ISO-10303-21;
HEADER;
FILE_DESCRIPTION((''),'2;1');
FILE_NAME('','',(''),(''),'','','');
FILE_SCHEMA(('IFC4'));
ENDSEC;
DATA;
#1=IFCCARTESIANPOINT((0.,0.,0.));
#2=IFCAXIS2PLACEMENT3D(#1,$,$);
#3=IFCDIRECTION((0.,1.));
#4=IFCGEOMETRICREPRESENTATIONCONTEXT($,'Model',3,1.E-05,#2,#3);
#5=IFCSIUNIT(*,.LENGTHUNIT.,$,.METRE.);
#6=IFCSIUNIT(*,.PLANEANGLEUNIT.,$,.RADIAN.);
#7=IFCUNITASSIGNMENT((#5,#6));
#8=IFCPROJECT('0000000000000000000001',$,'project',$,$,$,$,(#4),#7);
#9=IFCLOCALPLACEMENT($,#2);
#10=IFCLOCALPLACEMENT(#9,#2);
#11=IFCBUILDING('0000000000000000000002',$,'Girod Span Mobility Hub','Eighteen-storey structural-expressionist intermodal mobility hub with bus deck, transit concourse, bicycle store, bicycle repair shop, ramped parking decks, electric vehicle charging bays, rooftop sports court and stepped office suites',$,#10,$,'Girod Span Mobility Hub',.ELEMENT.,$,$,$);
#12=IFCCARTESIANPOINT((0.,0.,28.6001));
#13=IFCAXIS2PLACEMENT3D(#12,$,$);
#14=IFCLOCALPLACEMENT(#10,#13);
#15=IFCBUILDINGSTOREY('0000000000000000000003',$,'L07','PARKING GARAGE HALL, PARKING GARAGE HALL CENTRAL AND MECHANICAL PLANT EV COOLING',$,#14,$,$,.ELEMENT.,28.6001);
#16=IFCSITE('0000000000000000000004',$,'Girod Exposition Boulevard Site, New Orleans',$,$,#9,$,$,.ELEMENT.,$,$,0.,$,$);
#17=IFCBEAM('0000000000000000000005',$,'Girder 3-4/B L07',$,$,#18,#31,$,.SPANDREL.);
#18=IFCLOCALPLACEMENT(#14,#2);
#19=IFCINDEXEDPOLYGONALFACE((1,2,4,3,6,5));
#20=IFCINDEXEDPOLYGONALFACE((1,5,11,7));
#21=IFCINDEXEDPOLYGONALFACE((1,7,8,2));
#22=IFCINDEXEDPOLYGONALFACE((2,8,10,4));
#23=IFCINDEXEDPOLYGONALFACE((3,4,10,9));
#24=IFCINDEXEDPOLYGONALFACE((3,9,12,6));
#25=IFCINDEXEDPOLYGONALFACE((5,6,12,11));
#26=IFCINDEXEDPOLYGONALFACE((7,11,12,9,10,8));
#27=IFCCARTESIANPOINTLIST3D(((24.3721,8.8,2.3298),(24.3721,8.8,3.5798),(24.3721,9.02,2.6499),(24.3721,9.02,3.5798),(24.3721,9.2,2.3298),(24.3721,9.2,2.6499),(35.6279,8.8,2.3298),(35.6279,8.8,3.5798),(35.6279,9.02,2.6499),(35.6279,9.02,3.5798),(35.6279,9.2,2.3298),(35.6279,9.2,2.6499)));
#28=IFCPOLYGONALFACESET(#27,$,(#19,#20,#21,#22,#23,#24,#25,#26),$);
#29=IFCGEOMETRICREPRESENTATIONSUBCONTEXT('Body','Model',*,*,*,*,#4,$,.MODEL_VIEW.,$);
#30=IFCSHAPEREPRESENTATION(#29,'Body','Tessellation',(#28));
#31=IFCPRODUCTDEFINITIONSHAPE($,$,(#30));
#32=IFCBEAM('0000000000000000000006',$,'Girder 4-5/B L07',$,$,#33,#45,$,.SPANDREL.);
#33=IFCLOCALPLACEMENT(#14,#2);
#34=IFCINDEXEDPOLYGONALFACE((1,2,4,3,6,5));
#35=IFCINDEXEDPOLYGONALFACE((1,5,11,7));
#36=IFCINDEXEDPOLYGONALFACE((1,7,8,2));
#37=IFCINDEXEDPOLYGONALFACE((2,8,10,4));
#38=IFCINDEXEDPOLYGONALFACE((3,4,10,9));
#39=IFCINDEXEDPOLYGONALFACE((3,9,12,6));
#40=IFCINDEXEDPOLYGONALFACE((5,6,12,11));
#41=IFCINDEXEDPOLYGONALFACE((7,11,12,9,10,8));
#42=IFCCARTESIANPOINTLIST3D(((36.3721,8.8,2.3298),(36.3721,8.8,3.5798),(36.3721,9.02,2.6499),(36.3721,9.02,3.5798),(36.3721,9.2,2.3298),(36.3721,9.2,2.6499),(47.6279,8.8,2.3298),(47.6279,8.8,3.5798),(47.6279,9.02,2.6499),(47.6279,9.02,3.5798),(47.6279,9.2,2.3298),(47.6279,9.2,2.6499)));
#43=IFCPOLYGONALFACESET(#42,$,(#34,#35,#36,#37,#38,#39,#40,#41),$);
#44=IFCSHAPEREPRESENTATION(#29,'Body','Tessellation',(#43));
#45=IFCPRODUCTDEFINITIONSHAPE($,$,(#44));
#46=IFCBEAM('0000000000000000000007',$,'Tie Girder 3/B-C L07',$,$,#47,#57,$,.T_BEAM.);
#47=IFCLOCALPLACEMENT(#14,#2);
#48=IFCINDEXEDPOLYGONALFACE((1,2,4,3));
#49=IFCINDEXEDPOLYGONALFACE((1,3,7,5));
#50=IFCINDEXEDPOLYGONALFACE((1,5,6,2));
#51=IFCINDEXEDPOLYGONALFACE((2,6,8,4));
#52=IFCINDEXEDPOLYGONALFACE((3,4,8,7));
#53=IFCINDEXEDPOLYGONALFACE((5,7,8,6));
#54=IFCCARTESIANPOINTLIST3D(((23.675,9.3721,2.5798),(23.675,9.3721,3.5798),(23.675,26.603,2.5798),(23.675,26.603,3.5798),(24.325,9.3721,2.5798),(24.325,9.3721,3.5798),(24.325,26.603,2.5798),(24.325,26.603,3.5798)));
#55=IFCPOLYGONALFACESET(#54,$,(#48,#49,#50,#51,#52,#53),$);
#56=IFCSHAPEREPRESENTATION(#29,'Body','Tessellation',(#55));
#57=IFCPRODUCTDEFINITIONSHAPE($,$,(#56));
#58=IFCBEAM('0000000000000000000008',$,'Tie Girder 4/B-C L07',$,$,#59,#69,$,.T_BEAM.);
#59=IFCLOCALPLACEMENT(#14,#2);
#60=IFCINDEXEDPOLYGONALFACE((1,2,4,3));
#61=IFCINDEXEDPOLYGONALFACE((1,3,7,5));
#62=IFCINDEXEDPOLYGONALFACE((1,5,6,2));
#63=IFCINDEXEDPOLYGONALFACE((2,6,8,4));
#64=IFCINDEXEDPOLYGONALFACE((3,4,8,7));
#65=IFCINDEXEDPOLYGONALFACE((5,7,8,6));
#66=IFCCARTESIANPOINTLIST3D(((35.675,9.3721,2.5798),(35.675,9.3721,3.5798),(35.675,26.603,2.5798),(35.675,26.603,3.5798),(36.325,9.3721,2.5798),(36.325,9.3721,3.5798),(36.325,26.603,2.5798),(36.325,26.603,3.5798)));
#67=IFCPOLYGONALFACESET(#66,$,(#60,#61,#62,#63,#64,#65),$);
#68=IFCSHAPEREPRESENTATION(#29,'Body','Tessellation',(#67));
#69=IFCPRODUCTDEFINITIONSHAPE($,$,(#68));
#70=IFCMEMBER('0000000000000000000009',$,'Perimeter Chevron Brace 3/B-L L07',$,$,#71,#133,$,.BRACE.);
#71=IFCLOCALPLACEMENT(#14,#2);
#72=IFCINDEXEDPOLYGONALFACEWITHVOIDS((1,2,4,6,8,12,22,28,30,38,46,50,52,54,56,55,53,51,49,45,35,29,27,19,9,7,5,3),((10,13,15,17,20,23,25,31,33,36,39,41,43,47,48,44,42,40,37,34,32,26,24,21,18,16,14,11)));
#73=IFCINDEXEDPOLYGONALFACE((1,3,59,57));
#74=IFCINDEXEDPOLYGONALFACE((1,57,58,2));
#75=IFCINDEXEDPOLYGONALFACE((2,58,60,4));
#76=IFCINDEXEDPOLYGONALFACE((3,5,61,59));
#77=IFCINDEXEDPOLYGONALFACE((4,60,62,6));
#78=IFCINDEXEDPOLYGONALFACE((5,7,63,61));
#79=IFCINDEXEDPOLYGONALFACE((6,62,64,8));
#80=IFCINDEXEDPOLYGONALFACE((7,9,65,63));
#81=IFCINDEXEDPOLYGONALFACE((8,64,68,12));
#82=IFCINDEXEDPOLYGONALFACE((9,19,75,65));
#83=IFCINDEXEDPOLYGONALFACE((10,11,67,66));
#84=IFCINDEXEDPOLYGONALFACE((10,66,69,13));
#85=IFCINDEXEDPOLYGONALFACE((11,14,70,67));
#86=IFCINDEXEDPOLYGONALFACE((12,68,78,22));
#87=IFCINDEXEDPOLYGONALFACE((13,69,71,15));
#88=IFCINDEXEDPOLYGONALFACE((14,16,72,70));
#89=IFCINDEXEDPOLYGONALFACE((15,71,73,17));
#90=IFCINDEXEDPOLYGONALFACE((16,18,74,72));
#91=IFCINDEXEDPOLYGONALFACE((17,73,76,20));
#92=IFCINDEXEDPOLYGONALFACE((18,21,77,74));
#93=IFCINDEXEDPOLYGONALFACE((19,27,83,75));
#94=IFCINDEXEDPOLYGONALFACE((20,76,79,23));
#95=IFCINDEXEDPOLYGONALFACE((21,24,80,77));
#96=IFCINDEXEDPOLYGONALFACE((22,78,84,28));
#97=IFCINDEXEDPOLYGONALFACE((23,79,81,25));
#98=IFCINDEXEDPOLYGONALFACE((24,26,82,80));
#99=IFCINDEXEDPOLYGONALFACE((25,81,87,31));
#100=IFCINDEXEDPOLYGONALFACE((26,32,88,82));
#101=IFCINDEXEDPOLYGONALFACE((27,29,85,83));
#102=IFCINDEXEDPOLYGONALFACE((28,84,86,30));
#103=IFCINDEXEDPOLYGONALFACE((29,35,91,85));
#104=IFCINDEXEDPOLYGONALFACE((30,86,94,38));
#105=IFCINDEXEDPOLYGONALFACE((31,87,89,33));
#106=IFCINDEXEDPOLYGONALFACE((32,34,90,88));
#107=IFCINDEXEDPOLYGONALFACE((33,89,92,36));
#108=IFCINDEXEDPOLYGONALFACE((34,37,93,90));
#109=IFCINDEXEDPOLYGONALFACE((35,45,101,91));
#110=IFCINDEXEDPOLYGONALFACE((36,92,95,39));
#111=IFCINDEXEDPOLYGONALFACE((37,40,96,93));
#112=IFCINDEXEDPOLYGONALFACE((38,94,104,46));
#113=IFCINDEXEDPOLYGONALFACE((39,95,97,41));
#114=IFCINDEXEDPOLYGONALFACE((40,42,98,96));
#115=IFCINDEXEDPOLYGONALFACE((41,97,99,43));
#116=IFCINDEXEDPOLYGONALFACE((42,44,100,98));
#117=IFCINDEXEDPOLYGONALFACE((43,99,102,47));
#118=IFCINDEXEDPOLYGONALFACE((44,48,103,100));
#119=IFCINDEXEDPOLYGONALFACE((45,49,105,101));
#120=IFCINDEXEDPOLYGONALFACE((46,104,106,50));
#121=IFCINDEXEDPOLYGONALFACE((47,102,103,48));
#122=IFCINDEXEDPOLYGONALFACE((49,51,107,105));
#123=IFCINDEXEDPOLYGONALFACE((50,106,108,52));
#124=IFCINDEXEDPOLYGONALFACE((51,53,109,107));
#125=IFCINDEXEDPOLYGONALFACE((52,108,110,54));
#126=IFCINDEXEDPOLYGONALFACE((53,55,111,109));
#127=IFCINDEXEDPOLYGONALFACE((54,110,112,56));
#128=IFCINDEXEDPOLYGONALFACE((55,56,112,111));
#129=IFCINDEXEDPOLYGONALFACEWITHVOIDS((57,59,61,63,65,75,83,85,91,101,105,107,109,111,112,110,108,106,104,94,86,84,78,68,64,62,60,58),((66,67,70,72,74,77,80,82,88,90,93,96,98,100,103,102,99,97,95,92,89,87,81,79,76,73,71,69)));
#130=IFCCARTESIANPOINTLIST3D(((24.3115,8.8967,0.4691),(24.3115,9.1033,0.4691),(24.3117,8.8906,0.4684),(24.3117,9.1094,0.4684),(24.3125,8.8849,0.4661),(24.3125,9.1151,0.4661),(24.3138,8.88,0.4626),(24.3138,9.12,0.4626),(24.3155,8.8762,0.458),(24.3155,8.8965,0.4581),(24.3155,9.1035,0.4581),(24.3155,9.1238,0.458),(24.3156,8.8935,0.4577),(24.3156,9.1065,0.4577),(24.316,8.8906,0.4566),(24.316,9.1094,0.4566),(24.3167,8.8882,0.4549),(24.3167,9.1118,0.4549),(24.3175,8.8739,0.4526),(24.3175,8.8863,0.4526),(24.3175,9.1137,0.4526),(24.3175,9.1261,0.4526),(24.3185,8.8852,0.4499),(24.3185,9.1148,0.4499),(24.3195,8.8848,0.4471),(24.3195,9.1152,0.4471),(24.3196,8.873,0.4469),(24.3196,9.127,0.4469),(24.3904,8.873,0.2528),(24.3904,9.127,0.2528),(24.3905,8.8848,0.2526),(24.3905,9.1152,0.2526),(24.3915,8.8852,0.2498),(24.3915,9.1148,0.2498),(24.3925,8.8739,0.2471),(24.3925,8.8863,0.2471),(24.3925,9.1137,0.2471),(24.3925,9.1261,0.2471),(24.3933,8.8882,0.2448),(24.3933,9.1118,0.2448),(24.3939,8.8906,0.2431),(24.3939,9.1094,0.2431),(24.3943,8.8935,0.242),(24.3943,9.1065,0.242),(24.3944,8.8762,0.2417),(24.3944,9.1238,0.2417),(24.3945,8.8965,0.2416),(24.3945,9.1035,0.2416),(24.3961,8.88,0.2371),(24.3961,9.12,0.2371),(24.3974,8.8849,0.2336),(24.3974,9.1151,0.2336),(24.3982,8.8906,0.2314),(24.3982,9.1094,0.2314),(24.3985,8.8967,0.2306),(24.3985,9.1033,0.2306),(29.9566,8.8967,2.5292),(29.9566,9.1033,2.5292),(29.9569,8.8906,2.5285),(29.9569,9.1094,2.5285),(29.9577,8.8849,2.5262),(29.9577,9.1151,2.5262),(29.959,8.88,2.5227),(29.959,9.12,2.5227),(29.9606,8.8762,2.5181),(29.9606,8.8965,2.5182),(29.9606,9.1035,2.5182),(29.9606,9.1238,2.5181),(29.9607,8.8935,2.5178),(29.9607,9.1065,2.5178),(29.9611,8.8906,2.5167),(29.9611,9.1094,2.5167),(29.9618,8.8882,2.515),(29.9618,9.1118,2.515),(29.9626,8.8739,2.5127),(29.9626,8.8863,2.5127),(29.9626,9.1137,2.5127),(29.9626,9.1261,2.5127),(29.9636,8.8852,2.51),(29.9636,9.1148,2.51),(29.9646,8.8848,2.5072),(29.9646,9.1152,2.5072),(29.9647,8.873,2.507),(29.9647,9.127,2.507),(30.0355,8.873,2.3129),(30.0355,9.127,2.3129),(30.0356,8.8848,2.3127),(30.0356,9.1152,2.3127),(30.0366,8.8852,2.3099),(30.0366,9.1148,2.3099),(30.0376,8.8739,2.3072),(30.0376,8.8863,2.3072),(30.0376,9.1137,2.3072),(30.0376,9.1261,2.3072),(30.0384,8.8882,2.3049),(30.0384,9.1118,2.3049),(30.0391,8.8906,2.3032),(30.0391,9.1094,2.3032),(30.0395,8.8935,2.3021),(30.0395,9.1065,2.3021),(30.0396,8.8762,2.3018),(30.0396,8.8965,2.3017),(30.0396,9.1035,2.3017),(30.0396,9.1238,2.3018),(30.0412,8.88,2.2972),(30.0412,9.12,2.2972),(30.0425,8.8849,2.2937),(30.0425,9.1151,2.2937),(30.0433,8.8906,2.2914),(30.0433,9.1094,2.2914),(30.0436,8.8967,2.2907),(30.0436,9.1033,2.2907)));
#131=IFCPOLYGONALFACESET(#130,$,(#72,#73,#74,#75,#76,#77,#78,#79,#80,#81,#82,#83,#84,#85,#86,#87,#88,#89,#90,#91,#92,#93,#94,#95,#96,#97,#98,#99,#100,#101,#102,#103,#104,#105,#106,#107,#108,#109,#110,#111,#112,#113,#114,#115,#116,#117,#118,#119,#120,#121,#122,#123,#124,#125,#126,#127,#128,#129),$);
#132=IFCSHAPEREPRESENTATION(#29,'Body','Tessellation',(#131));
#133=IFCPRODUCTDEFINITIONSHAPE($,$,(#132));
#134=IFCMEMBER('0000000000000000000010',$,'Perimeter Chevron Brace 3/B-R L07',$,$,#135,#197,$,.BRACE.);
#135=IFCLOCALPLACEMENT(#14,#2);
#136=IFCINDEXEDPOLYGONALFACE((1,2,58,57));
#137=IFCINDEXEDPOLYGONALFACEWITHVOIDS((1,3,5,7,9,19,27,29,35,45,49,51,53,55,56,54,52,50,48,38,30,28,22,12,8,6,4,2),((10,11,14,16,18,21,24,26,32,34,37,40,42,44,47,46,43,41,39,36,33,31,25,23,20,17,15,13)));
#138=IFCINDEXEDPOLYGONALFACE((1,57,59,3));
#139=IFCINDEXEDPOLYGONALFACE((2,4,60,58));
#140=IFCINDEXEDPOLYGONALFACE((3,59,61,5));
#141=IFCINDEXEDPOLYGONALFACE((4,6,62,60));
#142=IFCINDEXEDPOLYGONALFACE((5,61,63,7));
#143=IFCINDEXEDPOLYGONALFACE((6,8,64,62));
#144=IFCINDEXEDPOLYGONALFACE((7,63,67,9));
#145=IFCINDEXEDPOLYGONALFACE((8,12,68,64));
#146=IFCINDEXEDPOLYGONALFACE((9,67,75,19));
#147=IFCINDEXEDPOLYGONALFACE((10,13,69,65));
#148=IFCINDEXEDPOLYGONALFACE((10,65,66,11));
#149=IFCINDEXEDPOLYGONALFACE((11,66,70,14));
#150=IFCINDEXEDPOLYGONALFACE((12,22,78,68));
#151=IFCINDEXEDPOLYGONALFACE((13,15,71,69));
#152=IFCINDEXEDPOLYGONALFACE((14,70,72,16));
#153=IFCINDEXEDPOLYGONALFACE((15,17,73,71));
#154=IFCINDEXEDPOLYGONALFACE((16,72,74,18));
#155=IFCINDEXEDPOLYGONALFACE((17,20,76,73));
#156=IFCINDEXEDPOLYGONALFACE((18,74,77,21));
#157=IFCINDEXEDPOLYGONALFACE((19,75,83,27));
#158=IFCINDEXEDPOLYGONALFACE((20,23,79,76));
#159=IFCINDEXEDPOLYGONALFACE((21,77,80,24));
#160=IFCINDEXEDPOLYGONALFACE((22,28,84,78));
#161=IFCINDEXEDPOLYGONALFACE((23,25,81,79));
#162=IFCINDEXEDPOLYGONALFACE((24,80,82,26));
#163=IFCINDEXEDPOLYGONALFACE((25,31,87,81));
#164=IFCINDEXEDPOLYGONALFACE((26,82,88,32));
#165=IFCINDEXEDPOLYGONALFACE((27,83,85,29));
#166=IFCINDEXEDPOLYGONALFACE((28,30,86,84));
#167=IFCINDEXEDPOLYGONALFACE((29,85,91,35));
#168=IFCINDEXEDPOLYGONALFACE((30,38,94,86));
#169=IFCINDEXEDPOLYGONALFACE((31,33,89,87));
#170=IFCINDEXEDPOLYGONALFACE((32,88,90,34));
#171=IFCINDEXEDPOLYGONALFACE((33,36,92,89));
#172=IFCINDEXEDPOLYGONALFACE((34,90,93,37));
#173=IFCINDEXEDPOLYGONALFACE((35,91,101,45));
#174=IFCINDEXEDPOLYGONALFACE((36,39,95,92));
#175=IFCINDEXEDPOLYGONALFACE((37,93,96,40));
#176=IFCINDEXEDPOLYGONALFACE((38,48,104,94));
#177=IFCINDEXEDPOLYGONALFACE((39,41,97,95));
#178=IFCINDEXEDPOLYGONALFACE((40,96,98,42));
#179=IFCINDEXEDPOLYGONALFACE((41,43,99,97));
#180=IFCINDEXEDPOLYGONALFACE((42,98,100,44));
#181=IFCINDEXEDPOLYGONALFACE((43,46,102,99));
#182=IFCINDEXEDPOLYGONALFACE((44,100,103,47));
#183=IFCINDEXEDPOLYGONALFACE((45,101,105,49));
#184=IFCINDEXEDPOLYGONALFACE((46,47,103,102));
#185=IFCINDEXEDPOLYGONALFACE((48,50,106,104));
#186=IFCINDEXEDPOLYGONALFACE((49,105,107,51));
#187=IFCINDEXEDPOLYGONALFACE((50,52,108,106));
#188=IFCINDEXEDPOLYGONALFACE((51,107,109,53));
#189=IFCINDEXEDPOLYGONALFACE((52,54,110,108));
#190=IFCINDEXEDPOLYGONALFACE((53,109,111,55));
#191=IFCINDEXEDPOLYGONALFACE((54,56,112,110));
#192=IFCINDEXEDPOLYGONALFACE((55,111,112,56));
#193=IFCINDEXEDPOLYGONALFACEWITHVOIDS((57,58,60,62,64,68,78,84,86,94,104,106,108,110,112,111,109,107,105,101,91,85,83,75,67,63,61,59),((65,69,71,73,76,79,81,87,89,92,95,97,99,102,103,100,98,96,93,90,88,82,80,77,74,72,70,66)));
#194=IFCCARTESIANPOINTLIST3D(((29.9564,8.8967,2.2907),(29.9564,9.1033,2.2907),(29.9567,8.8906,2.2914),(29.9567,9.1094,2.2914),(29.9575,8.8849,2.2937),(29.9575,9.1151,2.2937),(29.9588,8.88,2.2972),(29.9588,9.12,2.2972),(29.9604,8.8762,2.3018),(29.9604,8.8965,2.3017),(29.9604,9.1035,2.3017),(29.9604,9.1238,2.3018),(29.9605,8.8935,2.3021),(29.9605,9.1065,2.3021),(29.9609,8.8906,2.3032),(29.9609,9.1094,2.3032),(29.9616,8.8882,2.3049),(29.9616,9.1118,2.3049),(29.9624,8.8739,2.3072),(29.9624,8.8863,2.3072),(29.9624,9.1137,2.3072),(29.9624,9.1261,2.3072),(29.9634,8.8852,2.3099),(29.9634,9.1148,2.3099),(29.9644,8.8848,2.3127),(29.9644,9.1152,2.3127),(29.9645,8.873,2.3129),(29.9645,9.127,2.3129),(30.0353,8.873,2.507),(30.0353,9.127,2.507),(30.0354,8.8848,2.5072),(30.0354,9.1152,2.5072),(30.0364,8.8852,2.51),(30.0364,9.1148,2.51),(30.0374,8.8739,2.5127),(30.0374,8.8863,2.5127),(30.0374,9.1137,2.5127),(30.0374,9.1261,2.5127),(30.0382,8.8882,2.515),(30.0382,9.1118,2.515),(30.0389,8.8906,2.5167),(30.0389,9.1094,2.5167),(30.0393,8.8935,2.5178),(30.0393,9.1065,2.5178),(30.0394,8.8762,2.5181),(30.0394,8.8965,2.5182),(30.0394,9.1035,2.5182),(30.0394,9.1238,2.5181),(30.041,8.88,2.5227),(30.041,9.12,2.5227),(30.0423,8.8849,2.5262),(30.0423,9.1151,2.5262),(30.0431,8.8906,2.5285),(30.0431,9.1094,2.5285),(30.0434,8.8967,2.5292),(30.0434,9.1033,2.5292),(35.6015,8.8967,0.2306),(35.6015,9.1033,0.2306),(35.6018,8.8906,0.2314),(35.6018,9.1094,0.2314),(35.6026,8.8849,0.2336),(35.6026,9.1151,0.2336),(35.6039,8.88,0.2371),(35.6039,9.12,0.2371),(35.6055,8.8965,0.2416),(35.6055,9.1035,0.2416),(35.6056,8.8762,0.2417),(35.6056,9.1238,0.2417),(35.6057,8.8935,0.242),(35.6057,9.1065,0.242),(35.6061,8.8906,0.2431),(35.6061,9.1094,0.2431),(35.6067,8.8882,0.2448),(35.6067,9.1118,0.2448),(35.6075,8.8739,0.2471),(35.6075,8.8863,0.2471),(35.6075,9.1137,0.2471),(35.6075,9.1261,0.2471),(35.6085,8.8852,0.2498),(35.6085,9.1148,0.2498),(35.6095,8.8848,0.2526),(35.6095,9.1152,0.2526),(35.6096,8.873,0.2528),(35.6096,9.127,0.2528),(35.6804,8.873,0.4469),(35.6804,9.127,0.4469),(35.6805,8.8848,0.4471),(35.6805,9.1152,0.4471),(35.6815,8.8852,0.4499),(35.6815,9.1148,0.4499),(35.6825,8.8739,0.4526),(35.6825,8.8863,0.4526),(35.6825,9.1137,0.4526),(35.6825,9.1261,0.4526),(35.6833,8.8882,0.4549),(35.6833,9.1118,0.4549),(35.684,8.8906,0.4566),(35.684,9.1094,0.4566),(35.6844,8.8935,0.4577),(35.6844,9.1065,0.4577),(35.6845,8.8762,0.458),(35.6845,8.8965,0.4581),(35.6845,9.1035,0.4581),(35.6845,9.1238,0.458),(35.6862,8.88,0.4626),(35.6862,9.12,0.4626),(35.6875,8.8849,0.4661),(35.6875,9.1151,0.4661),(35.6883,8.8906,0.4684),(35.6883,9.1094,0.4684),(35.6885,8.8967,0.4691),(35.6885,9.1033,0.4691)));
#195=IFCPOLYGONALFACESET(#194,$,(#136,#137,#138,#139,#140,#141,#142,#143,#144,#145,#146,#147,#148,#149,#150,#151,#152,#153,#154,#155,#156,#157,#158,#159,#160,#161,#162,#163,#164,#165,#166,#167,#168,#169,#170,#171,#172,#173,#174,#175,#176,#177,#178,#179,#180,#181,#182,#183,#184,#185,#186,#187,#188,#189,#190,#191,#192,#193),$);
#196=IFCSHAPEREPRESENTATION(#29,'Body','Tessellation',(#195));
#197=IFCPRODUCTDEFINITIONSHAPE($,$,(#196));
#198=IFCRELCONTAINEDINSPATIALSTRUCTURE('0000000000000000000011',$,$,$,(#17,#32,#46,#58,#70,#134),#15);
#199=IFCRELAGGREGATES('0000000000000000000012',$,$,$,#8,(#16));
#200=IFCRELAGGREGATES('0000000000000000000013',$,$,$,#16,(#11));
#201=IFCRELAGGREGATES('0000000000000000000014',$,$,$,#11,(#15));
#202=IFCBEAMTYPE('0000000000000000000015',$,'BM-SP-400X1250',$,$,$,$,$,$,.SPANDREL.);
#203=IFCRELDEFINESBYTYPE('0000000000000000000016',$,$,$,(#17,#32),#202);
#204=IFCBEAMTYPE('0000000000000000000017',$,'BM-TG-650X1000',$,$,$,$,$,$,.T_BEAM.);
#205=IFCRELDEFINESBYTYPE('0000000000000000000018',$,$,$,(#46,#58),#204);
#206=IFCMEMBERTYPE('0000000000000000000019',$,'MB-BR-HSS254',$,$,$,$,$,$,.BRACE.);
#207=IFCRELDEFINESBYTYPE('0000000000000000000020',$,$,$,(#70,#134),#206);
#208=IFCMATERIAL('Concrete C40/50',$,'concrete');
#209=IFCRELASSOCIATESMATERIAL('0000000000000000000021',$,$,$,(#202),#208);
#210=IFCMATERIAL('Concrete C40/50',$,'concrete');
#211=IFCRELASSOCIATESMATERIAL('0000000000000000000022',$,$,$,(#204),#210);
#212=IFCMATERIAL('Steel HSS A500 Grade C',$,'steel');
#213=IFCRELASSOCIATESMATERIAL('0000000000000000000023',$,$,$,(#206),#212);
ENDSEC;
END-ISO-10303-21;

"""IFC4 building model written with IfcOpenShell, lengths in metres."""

from ifc_helpers import new_model, si_unit, direction, frame, origin, origin_2d, place, context, subcontext, project, spatial, polyline, rectangle, hollow_rectangle, outline, extrude, material, material_profile, profile_set, type_object, element, save


model = new_model("IFC4")

# Units and contexts
model_context = context("Model", 3, precision=1e-05, world=origin(), true_north=direction((0.0, 1.0)))
body_context = subcontext(model_context, "Body", "Model", "MODEL_VIEW")
ifc_project = project(units=[si_unit("LENGTHUNIT", "METRE"), si_unit("PLANEANGLEUNIT", "RADIAN")], contexts=[model_context])

# Site, building, storey
site_placement = place(None, origin())
site = spatial("IfcSite", under=ifc_project, at=site_placement, Name="Girod Exposition Boulevard Site, New Orleans", CompositionType="ELEMENT", RefElevation=0.0)
building_placement = place(site_placement, origin())
building = spatial("IfcBuilding", under=site, at=building_placement, Name="Girod Span Mobility Hub", Description="Eighteen-storey structural-expressionist intermodal mobility hub with bus deck, transit concourse, bicycle store, bicycle repair shop, ramped parking decks, electric vehicle charging bays, rooftop sports court and stepped office suites", LongName="Girod Span Mobility Hub", CompositionType="ELEMENT")
storey_placement = place(building_placement, frame((0.0, 0.0, 28.6001)))
storey = spatial("IfcBuildingStorey", under=building, at=storey_placement, Name="L07", Description="PARKING GARAGE HALL, PARKING GARAGE HALL CENTRAL AND MECHANICAL PLANT EV COOLING", CompositionType="ELEMENT", Elevation=28.6001)

# Beams
ifc_material_1 = material(Name="Concrete C40/50", Category="concrete")
ifc_material_profile_1 = material_profile(ifc_material_1, outline(polyline([(-0.2, -0.625), (0.2, -0.625), (0.2, -0.3049), (0.02, -0.3049), (0.02, 0.625), (-0.2, 0.625), (-0.2, -0.625)])), Name="SP-400X1250")
ifc_profile_set_1 = profile_set([ifc_material_profile_1], Name="Concrete C40/50")
beam_type_1 = type_object("IfcBeamType", Name="BM-SP-400X1250", PredefinedType="SPANDREL", material=ifc_profile_set_1)
for number, where, z_axis, x_axis, name in (
    (1, (24.3721, 9.0, 2.9548), (1.0, 0.0, 0.0), (0.0, 1.0, 0.0), "Girder 3-4/B L07"),
    (2, (36.3721, 9.0, 2.9548), (1.0, 0.0, 0.0), (0.0, 1.0, 0.0), "Girder 4-5/B L07"),
):
    element("IfcBeam", number, at=place(storey_placement, frame(where, z_axis=z_axis, x_axis=x_axis)), inside=storey, type_object=beam_type_1, Name=name, PredefinedType="SPANDREL", context=body_context, shape_type="SweptSolid", body=[
        extrude(outline(polyline([(-0.2, -0.625), (0.2, -0.625), (0.2, -0.3049), (0.02, -0.3049), (0.02, 0.625), (-0.2, 0.625), (-0.2, -0.625)])), origin(), (0.0, 0.0, 1.0), 11.2559),
    ])
ifc_material_2 = material(Name="Concrete C40/50", Category="concrete")
ifc_material_profile_2 = material_profile(ifc_material_2, rectangle(XDim=0.6499, YDim=1.0, at=origin_2d()), Name="TG-650X1000")
ifc_profile_set_2 = profile_set([ifc_material_profile_2], Name="Concrete C40/50")
beam_type_2 = type_object("IfcBeamType", Name="BM-TG-650X1000", PredefinedType="T_BEAM", material=ifc_profile_set_2)
for number, where, z_axis, x_axis, name in (
    (3, (24.0, 9.3721, 3.0798), (0.0, 1.0, 0.0), (-1.0, 0.0, 0.0), "Tie Girder 3/B-C L07"),
    (4, (36.0, 9.3721, 3.0798), (0.0, 1.0, 0.0), (-1.0, 0.0, 0.0), "Tie Girder 4/B-C L07"),
):
    element("IfcBeam", number, at=place(storey_placement, frame(where, z_axis=z_axis, x_axis=x_axis)), inside=storey, type_object=beam_type_2, Name=name, PredefinedType="T_BEAM", context=body_context, shape_type="SweptSolid", body=[
        extrude(rectangle(XDim=0.6499, YDim=1.0, at=origin_2d()), origin(), (0.0, 0.0, 1.0), 17.231),
    ])

# Members
ifc_material_3 = material(Name="Steel HSS A500 Grade C", Category="steel")
ifc_material_profile_3 = material_profile(ifc_material_3, hollow_rectangle(XDim=0.2539, YDim=0.2539, WallThickness=0.0117, InnerFilletRadius=0.0117, OuterFilletRadius=0.0237, at=origin_2d()), Name="HSS254X254X12.7")
ifc_profile_set_3 = profile_set([ifc_material_profile_3], Name="Steel HSS A500 Grade C")
member_type = type_object("IfcMemberType", Name="MB-BR-HSS254", PredefinedType="BRACE", material=ifc_profile_set_3)
for number, where, z_axis, x_axis, name in (
    (5, (24.355, 9.0, 0.3499), (0.939401, 0.0, 0.342819), (0.0, 1.0, 0.0), "Perimeter Chevron Brace 3/B-L L07"),
    (6, (35.645, 9.0, 0.3499), (-0.939401, 0.0, 0.342819), (0.0, -1.0, 0.0), "Perimeter Chevron Brace 3/B-R L07"),
):
    element("IfcMember", number, at=place(storey_placement, frame(where, z_axis=z_axis, x_axis=x_axis)), inside=storey, type_object=member_type, Name=name, PredefinedType="BRACE", context=body_context, shape_type="SweptSolid", body=[
        extrude(hollow_rectangle(XDim=0.2539, YDim=0.2539, WallThickness=0.0117, InnerFilletRadius=0.0117, OuterFilletRadius=0.0237, at=origin_2d()), origin(), (0.0, 0.0, 1.0), 6.0093),
    ])

save(model, "model.ifc")
